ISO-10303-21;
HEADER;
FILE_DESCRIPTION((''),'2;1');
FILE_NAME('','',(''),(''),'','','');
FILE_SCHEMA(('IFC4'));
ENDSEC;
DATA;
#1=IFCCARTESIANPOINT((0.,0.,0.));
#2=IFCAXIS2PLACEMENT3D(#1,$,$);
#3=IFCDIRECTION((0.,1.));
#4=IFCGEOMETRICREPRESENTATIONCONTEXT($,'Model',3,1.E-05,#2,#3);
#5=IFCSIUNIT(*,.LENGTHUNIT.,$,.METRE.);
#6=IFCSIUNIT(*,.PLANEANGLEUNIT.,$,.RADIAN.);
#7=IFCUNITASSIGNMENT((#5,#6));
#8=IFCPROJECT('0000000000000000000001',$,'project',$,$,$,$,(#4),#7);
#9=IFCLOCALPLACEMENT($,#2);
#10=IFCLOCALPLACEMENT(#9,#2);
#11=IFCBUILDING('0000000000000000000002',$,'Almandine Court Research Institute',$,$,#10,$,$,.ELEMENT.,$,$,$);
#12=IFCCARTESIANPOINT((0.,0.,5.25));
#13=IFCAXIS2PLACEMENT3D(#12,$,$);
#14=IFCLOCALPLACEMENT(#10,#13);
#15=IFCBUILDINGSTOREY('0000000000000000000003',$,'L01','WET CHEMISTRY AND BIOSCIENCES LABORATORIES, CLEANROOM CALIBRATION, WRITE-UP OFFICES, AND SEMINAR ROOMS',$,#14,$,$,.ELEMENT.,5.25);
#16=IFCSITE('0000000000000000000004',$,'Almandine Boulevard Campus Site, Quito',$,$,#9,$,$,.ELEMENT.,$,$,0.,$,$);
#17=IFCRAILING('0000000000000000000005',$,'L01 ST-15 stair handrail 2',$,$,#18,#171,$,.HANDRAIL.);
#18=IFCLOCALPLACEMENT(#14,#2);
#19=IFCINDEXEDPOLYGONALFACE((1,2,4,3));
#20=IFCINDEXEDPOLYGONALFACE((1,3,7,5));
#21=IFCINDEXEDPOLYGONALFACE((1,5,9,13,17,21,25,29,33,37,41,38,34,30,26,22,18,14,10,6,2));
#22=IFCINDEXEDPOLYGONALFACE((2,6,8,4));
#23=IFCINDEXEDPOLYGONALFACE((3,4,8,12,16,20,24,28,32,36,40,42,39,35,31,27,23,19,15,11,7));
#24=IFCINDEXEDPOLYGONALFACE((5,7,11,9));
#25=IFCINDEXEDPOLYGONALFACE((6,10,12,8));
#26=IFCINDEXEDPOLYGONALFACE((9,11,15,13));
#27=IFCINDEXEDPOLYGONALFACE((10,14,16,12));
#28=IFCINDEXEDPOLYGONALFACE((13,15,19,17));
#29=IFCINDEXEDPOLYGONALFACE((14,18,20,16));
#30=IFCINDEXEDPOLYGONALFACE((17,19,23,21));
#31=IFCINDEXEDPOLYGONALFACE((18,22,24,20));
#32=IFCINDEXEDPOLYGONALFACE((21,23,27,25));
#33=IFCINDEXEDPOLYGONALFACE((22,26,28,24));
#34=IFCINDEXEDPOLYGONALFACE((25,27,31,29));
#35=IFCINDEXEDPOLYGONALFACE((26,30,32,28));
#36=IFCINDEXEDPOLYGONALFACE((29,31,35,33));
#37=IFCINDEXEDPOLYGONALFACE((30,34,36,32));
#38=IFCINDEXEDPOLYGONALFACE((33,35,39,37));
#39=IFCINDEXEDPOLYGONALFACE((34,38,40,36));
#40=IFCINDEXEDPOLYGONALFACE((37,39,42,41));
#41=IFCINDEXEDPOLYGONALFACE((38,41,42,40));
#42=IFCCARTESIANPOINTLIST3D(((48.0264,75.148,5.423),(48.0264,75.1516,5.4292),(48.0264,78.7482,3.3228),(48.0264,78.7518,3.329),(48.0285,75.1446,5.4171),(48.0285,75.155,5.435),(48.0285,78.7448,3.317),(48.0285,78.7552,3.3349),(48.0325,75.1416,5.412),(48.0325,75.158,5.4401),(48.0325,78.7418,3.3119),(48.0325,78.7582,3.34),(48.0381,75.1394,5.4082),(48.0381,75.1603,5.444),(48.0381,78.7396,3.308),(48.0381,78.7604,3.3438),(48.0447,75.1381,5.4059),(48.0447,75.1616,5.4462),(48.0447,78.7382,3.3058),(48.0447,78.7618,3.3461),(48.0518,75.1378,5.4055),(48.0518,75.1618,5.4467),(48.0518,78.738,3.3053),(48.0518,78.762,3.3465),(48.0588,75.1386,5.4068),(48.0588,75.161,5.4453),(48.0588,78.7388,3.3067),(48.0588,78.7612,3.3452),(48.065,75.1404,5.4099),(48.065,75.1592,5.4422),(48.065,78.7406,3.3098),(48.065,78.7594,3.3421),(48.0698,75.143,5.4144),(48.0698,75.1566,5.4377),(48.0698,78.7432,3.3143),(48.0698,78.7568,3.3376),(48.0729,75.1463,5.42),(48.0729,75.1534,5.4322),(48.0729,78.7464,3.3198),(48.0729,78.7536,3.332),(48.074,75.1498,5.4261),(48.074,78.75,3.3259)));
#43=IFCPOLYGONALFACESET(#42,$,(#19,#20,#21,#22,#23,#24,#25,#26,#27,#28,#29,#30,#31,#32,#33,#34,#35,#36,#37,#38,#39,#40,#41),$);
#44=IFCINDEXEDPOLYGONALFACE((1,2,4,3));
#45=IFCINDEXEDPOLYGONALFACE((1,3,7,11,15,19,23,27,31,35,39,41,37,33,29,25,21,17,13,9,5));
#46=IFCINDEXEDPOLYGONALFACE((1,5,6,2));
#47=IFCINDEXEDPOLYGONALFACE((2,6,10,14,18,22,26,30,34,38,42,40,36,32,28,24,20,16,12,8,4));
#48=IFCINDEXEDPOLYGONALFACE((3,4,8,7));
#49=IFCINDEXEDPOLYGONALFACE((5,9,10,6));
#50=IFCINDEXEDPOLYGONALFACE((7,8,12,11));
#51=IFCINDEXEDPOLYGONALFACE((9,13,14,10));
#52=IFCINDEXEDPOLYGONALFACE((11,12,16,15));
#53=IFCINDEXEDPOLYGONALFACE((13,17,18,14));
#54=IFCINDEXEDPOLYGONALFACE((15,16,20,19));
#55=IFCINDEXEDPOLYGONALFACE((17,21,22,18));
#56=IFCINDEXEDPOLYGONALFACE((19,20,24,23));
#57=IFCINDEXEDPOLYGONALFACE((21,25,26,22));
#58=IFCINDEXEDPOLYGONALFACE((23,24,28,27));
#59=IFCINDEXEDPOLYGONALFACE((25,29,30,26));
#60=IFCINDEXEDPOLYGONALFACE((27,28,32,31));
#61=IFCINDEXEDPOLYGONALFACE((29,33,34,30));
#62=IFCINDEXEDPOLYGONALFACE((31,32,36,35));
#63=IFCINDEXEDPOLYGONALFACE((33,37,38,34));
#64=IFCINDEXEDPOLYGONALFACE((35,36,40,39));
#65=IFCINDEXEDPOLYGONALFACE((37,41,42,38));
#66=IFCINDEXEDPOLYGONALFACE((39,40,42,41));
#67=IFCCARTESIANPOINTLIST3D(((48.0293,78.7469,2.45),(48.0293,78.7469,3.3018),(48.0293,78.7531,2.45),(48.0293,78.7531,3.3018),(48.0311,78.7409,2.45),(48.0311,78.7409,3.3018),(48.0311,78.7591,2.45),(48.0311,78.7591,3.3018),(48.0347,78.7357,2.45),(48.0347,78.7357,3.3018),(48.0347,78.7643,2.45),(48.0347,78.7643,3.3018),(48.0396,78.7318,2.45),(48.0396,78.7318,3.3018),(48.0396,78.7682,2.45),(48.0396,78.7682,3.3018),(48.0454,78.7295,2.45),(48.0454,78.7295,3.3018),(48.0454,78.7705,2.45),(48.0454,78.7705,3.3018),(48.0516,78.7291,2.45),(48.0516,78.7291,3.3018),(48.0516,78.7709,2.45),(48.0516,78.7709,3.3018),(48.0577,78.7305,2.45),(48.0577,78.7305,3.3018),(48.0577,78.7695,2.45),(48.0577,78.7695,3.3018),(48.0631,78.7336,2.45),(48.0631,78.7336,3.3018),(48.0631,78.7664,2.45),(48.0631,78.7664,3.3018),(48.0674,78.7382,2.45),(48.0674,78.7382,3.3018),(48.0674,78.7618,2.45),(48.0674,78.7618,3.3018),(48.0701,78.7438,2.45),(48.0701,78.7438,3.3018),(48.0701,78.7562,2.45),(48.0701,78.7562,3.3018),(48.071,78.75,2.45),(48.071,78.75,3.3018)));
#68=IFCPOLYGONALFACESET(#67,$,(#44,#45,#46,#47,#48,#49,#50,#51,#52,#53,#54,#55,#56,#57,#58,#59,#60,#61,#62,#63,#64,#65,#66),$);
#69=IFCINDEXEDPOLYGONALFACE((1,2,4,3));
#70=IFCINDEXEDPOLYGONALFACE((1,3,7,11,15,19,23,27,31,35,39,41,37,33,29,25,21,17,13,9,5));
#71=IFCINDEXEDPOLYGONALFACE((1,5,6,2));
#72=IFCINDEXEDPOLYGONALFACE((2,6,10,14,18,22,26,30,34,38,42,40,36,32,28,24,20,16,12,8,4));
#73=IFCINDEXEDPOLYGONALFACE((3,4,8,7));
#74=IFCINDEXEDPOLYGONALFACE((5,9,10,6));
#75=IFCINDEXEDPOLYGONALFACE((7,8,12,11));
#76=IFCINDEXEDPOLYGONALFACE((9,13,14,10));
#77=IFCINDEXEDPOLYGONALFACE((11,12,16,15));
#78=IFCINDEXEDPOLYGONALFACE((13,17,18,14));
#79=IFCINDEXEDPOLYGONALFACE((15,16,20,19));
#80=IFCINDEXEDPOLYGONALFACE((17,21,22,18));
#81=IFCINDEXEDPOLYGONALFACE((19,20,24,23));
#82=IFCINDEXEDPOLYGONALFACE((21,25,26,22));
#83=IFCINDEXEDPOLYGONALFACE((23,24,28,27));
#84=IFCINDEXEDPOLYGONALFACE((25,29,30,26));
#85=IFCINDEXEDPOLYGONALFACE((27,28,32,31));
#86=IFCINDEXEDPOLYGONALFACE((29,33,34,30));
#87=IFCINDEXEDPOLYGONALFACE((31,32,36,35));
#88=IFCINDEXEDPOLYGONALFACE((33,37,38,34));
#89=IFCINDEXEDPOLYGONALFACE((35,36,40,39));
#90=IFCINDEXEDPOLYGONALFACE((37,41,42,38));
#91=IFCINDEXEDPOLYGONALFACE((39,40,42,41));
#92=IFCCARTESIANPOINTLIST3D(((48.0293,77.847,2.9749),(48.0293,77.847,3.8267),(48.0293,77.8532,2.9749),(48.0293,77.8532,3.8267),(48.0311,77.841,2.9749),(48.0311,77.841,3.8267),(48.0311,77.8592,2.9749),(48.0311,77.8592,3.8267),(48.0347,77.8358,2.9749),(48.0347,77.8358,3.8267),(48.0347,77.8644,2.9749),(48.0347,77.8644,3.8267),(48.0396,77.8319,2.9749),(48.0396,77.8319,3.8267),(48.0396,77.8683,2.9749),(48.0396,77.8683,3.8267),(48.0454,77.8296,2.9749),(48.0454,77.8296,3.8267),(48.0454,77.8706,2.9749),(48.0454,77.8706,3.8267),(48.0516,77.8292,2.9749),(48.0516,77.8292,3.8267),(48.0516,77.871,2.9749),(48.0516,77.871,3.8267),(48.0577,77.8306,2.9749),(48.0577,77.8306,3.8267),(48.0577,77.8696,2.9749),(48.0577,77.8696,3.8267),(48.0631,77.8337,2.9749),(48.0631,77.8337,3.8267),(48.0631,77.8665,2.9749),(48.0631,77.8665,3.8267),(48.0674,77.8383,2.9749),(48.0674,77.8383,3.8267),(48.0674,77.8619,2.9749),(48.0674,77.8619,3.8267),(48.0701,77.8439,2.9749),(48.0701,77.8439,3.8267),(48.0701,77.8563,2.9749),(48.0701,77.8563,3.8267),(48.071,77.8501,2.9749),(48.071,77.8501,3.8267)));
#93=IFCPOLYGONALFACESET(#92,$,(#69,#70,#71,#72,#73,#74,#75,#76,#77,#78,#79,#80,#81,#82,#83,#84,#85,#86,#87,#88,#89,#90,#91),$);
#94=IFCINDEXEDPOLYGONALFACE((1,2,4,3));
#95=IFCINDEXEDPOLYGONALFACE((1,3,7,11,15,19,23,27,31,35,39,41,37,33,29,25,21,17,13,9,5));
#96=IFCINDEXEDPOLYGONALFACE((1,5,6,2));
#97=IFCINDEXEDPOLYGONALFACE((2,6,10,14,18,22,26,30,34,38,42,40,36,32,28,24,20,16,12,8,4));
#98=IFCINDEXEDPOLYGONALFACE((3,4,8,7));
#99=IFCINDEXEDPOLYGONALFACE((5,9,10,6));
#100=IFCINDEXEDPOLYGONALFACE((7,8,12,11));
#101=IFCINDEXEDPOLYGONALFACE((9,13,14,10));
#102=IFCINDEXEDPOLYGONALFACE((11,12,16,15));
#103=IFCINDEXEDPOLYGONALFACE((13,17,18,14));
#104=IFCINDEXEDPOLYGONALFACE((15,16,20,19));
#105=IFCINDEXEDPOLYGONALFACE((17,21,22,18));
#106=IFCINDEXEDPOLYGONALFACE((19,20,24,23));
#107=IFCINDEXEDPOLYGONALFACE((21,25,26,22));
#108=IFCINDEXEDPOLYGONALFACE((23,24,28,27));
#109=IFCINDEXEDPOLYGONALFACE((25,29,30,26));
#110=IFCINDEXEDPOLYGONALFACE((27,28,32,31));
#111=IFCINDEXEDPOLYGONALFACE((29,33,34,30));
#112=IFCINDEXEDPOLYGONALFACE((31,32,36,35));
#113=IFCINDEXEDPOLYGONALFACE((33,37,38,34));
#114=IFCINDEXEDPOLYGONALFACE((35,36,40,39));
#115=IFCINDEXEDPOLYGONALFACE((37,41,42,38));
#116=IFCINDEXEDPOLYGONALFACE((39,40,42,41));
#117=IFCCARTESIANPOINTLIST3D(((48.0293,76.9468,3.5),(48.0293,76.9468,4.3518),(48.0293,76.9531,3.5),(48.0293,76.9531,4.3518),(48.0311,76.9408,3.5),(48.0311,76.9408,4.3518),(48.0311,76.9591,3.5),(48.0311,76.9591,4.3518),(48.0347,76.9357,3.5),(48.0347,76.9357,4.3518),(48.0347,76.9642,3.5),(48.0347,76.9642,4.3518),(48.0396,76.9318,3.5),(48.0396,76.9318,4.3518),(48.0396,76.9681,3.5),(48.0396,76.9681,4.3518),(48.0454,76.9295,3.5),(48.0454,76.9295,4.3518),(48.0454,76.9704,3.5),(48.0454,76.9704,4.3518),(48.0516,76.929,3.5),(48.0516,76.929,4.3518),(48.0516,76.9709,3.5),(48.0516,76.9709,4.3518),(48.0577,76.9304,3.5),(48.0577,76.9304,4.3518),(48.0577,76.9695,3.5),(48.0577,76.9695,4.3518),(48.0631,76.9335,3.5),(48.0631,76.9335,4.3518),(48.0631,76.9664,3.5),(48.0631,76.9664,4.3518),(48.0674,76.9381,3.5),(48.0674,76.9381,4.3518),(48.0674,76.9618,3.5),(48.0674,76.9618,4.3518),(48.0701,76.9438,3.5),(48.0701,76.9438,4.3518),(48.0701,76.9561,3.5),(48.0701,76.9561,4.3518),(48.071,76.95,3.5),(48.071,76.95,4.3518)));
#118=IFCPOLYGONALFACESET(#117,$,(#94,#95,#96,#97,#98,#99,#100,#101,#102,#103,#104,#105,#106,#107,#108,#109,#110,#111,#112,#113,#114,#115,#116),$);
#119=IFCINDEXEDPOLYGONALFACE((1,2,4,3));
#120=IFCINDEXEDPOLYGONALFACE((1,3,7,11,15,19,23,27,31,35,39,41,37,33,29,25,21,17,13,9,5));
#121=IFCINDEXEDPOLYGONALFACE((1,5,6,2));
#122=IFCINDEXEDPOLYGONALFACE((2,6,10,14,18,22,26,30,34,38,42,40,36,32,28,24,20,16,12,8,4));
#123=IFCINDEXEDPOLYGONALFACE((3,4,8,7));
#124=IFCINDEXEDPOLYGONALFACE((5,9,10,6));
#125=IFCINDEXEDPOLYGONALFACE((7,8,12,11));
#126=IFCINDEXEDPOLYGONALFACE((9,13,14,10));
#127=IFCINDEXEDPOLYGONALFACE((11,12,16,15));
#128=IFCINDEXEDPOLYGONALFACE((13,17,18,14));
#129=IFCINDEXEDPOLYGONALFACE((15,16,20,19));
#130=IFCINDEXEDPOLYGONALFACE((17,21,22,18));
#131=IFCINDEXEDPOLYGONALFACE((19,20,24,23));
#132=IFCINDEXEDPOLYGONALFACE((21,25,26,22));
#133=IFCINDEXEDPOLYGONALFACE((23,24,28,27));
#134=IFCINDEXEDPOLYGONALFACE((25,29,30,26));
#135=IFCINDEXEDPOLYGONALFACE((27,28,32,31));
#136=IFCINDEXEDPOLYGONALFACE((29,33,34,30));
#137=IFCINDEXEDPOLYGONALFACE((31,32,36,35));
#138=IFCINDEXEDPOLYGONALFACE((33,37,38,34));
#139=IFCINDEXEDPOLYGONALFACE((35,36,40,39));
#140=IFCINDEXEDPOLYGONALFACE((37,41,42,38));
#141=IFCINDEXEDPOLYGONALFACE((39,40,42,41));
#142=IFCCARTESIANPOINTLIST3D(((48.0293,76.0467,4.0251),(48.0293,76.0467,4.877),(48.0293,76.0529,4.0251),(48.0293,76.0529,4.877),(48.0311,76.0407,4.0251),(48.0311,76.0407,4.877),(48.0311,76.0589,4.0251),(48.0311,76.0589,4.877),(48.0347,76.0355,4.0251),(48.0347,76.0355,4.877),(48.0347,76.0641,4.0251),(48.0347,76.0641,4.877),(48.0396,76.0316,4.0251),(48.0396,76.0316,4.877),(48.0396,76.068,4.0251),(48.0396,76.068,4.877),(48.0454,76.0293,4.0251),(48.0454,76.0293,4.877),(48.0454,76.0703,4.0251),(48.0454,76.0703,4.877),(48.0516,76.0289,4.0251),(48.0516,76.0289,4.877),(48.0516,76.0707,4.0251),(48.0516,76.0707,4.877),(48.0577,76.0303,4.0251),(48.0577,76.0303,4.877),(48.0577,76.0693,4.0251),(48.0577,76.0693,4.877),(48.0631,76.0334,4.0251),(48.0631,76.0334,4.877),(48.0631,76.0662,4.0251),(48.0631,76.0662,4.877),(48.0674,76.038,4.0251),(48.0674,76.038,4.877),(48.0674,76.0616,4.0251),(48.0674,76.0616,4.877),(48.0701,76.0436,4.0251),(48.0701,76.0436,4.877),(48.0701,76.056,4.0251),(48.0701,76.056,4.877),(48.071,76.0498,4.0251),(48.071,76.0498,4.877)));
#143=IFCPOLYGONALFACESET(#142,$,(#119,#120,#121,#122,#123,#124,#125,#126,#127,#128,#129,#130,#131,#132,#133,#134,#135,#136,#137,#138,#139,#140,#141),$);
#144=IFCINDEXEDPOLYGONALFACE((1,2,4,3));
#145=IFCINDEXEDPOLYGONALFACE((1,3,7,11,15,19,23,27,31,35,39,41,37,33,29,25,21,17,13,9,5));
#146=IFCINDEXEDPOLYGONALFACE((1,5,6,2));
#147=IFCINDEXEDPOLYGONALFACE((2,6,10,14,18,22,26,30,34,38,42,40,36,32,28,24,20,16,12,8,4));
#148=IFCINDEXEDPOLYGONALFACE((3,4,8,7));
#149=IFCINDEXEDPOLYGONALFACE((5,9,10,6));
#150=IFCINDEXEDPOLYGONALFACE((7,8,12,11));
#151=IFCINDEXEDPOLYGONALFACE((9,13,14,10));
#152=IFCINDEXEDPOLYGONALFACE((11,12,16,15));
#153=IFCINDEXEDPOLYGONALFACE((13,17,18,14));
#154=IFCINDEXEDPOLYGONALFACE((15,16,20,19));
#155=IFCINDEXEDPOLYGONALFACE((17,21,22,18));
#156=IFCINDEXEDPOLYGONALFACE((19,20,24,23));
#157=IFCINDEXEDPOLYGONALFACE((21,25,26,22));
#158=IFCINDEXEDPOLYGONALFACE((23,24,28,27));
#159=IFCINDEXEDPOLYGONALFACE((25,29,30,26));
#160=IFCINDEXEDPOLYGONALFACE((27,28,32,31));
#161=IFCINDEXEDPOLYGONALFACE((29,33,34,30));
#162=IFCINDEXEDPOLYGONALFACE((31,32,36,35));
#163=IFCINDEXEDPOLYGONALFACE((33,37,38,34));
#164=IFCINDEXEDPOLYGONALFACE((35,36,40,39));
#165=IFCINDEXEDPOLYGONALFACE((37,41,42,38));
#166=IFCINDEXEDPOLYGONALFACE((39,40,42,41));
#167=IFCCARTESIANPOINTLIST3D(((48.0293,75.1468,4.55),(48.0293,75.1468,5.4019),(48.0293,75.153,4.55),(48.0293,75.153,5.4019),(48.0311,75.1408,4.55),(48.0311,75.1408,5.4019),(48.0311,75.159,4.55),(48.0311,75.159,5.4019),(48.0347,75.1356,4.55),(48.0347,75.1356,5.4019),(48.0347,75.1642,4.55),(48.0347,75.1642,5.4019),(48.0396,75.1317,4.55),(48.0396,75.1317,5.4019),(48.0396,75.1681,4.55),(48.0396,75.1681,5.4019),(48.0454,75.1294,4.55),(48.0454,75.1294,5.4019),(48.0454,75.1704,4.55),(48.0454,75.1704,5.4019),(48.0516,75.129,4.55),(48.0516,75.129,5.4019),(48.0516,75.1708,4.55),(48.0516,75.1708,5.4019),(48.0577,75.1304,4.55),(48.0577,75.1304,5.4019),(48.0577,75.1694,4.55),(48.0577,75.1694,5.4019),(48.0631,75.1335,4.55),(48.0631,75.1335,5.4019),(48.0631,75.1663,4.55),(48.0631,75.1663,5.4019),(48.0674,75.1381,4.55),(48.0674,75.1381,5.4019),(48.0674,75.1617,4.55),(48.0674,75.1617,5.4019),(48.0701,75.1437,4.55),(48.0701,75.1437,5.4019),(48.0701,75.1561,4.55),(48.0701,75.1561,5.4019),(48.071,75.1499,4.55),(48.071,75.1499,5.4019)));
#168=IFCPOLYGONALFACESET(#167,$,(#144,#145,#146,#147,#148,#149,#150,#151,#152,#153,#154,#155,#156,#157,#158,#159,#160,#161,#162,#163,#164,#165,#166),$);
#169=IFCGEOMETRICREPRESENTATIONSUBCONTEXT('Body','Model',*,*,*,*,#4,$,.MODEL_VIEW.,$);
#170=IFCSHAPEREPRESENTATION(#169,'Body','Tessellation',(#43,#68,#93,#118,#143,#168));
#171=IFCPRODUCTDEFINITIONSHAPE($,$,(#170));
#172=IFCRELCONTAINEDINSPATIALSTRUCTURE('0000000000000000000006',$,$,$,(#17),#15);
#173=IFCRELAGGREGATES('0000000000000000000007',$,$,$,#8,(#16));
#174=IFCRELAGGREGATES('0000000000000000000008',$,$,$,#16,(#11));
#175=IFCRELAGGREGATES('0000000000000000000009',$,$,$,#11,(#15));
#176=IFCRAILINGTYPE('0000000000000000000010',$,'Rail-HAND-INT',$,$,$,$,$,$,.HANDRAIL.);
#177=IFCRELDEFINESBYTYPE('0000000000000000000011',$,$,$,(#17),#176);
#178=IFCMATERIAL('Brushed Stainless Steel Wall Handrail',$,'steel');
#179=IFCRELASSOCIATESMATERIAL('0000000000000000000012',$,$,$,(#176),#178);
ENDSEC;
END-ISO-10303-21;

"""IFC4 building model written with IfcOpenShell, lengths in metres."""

from ifc_helpers import new_model, si_unit, direction, frame, origin, origin_2d, place, context, subcontext, project, spatial, circle, extrude, material, type_object, element, save


model = new_model("IFC4")

# Units and contexts
model_context = context("Model", 3, precision=1e-05, world=origin(), true_north=direction((0.0, 1.0)))
body_context = subcontext(model_context, "Body", "Model", "MODEL_VIEW")
ifc_project = project(units=[si_unit("LENGTHUNIT", "METRE"), si_unit("PLANEANGLEUNIT", "RADIAN")], contexts=[model_context])

# Site, building, storey
site_placement = place(None, origin())
site = spatial("IfcSite", under=ifc_project, at=site_placement, Name="Almandine Boulevard Campus Site, Quito", CompositionType="ELEMENT", RefElevation=0.0)
building_placement = place(site_placement, origin())
building = spatial("IfcBuilding", under=site, at=building_placement, Name="Almandine Court Research Institute", CompositionType="ELEMENT")
storey_placement = place(building_placement, frame((0.0, 0.0, 5.25)))
storey = spatial("IfcBuildingStorey", under=building, at=storey_placement, Name="L01", Description="WET CHEMISTRY AND BIOSCIENCES LABORATORIES, CLEANROOM CALIBRATION, WRITE-UP OFFICES, AND SEMINAR ROOMS", CompositionType="ELEMENT", Elevation=5.25)

# Railing
ifc_material_1 = material(Name="Brushed Stainless Steel Wall Handrail", Category="steel")
railing_type_1 = type_object("IfcRailingType", Name="Rail-HAND-INT", PredefinedType="HANDRAIL", material=ifc_material_1)
railing_1_placement = place(storey_placement, frame((48.05, 78.75, 2.45)))
element("IfcRailing", 1, at=railing_1_placement, inside=storey, type_object=railing_type_1, Name="L01 ST-15 stair handrail 2", PredefinedType="HANDRAIL", context=body_context, shape_type="SweptSolid", body=[
    extrude(circle(Radius=0.0239, at=origin_2d()), frame((0.0, 0.0, 0.876), z_axis=(0.0, -0.863775, 0.503878), x_axis=(1.0, 0.0, 0.0)), (0.0, 0.0, 1.0), 4.168),
    extrude(circle(Radius=0.021, at=origin_2d()), origin(), (0.0, 0.0, 1.0), 0.8518),
    extrude(circle(Radius=0.021, at=origin_2d()), frame((0.0, -0.8999, 0.5249)), (0.0, 0.0, 1.0), 0.8518),
    extrude(circle(Radius=0.021, at=origin_2d()), frame((0.0, -1.8, 1.05)), (0.0, 0.0, 1.0), 0.8518),
    extrude(circle(Radius=0.021, at=origin_2d()), frame((0.0, -2.7002, 1.5752)), (0.0, 0.0, 1.0), 0.8518),
    extrude(circle(Radius=0.021, at=origin_2d()), frame((0.0, -3.6001, 2.1001)), (0.0, 0.0, 1.0), 0.8518),
])

save(model, "model.ifc")
